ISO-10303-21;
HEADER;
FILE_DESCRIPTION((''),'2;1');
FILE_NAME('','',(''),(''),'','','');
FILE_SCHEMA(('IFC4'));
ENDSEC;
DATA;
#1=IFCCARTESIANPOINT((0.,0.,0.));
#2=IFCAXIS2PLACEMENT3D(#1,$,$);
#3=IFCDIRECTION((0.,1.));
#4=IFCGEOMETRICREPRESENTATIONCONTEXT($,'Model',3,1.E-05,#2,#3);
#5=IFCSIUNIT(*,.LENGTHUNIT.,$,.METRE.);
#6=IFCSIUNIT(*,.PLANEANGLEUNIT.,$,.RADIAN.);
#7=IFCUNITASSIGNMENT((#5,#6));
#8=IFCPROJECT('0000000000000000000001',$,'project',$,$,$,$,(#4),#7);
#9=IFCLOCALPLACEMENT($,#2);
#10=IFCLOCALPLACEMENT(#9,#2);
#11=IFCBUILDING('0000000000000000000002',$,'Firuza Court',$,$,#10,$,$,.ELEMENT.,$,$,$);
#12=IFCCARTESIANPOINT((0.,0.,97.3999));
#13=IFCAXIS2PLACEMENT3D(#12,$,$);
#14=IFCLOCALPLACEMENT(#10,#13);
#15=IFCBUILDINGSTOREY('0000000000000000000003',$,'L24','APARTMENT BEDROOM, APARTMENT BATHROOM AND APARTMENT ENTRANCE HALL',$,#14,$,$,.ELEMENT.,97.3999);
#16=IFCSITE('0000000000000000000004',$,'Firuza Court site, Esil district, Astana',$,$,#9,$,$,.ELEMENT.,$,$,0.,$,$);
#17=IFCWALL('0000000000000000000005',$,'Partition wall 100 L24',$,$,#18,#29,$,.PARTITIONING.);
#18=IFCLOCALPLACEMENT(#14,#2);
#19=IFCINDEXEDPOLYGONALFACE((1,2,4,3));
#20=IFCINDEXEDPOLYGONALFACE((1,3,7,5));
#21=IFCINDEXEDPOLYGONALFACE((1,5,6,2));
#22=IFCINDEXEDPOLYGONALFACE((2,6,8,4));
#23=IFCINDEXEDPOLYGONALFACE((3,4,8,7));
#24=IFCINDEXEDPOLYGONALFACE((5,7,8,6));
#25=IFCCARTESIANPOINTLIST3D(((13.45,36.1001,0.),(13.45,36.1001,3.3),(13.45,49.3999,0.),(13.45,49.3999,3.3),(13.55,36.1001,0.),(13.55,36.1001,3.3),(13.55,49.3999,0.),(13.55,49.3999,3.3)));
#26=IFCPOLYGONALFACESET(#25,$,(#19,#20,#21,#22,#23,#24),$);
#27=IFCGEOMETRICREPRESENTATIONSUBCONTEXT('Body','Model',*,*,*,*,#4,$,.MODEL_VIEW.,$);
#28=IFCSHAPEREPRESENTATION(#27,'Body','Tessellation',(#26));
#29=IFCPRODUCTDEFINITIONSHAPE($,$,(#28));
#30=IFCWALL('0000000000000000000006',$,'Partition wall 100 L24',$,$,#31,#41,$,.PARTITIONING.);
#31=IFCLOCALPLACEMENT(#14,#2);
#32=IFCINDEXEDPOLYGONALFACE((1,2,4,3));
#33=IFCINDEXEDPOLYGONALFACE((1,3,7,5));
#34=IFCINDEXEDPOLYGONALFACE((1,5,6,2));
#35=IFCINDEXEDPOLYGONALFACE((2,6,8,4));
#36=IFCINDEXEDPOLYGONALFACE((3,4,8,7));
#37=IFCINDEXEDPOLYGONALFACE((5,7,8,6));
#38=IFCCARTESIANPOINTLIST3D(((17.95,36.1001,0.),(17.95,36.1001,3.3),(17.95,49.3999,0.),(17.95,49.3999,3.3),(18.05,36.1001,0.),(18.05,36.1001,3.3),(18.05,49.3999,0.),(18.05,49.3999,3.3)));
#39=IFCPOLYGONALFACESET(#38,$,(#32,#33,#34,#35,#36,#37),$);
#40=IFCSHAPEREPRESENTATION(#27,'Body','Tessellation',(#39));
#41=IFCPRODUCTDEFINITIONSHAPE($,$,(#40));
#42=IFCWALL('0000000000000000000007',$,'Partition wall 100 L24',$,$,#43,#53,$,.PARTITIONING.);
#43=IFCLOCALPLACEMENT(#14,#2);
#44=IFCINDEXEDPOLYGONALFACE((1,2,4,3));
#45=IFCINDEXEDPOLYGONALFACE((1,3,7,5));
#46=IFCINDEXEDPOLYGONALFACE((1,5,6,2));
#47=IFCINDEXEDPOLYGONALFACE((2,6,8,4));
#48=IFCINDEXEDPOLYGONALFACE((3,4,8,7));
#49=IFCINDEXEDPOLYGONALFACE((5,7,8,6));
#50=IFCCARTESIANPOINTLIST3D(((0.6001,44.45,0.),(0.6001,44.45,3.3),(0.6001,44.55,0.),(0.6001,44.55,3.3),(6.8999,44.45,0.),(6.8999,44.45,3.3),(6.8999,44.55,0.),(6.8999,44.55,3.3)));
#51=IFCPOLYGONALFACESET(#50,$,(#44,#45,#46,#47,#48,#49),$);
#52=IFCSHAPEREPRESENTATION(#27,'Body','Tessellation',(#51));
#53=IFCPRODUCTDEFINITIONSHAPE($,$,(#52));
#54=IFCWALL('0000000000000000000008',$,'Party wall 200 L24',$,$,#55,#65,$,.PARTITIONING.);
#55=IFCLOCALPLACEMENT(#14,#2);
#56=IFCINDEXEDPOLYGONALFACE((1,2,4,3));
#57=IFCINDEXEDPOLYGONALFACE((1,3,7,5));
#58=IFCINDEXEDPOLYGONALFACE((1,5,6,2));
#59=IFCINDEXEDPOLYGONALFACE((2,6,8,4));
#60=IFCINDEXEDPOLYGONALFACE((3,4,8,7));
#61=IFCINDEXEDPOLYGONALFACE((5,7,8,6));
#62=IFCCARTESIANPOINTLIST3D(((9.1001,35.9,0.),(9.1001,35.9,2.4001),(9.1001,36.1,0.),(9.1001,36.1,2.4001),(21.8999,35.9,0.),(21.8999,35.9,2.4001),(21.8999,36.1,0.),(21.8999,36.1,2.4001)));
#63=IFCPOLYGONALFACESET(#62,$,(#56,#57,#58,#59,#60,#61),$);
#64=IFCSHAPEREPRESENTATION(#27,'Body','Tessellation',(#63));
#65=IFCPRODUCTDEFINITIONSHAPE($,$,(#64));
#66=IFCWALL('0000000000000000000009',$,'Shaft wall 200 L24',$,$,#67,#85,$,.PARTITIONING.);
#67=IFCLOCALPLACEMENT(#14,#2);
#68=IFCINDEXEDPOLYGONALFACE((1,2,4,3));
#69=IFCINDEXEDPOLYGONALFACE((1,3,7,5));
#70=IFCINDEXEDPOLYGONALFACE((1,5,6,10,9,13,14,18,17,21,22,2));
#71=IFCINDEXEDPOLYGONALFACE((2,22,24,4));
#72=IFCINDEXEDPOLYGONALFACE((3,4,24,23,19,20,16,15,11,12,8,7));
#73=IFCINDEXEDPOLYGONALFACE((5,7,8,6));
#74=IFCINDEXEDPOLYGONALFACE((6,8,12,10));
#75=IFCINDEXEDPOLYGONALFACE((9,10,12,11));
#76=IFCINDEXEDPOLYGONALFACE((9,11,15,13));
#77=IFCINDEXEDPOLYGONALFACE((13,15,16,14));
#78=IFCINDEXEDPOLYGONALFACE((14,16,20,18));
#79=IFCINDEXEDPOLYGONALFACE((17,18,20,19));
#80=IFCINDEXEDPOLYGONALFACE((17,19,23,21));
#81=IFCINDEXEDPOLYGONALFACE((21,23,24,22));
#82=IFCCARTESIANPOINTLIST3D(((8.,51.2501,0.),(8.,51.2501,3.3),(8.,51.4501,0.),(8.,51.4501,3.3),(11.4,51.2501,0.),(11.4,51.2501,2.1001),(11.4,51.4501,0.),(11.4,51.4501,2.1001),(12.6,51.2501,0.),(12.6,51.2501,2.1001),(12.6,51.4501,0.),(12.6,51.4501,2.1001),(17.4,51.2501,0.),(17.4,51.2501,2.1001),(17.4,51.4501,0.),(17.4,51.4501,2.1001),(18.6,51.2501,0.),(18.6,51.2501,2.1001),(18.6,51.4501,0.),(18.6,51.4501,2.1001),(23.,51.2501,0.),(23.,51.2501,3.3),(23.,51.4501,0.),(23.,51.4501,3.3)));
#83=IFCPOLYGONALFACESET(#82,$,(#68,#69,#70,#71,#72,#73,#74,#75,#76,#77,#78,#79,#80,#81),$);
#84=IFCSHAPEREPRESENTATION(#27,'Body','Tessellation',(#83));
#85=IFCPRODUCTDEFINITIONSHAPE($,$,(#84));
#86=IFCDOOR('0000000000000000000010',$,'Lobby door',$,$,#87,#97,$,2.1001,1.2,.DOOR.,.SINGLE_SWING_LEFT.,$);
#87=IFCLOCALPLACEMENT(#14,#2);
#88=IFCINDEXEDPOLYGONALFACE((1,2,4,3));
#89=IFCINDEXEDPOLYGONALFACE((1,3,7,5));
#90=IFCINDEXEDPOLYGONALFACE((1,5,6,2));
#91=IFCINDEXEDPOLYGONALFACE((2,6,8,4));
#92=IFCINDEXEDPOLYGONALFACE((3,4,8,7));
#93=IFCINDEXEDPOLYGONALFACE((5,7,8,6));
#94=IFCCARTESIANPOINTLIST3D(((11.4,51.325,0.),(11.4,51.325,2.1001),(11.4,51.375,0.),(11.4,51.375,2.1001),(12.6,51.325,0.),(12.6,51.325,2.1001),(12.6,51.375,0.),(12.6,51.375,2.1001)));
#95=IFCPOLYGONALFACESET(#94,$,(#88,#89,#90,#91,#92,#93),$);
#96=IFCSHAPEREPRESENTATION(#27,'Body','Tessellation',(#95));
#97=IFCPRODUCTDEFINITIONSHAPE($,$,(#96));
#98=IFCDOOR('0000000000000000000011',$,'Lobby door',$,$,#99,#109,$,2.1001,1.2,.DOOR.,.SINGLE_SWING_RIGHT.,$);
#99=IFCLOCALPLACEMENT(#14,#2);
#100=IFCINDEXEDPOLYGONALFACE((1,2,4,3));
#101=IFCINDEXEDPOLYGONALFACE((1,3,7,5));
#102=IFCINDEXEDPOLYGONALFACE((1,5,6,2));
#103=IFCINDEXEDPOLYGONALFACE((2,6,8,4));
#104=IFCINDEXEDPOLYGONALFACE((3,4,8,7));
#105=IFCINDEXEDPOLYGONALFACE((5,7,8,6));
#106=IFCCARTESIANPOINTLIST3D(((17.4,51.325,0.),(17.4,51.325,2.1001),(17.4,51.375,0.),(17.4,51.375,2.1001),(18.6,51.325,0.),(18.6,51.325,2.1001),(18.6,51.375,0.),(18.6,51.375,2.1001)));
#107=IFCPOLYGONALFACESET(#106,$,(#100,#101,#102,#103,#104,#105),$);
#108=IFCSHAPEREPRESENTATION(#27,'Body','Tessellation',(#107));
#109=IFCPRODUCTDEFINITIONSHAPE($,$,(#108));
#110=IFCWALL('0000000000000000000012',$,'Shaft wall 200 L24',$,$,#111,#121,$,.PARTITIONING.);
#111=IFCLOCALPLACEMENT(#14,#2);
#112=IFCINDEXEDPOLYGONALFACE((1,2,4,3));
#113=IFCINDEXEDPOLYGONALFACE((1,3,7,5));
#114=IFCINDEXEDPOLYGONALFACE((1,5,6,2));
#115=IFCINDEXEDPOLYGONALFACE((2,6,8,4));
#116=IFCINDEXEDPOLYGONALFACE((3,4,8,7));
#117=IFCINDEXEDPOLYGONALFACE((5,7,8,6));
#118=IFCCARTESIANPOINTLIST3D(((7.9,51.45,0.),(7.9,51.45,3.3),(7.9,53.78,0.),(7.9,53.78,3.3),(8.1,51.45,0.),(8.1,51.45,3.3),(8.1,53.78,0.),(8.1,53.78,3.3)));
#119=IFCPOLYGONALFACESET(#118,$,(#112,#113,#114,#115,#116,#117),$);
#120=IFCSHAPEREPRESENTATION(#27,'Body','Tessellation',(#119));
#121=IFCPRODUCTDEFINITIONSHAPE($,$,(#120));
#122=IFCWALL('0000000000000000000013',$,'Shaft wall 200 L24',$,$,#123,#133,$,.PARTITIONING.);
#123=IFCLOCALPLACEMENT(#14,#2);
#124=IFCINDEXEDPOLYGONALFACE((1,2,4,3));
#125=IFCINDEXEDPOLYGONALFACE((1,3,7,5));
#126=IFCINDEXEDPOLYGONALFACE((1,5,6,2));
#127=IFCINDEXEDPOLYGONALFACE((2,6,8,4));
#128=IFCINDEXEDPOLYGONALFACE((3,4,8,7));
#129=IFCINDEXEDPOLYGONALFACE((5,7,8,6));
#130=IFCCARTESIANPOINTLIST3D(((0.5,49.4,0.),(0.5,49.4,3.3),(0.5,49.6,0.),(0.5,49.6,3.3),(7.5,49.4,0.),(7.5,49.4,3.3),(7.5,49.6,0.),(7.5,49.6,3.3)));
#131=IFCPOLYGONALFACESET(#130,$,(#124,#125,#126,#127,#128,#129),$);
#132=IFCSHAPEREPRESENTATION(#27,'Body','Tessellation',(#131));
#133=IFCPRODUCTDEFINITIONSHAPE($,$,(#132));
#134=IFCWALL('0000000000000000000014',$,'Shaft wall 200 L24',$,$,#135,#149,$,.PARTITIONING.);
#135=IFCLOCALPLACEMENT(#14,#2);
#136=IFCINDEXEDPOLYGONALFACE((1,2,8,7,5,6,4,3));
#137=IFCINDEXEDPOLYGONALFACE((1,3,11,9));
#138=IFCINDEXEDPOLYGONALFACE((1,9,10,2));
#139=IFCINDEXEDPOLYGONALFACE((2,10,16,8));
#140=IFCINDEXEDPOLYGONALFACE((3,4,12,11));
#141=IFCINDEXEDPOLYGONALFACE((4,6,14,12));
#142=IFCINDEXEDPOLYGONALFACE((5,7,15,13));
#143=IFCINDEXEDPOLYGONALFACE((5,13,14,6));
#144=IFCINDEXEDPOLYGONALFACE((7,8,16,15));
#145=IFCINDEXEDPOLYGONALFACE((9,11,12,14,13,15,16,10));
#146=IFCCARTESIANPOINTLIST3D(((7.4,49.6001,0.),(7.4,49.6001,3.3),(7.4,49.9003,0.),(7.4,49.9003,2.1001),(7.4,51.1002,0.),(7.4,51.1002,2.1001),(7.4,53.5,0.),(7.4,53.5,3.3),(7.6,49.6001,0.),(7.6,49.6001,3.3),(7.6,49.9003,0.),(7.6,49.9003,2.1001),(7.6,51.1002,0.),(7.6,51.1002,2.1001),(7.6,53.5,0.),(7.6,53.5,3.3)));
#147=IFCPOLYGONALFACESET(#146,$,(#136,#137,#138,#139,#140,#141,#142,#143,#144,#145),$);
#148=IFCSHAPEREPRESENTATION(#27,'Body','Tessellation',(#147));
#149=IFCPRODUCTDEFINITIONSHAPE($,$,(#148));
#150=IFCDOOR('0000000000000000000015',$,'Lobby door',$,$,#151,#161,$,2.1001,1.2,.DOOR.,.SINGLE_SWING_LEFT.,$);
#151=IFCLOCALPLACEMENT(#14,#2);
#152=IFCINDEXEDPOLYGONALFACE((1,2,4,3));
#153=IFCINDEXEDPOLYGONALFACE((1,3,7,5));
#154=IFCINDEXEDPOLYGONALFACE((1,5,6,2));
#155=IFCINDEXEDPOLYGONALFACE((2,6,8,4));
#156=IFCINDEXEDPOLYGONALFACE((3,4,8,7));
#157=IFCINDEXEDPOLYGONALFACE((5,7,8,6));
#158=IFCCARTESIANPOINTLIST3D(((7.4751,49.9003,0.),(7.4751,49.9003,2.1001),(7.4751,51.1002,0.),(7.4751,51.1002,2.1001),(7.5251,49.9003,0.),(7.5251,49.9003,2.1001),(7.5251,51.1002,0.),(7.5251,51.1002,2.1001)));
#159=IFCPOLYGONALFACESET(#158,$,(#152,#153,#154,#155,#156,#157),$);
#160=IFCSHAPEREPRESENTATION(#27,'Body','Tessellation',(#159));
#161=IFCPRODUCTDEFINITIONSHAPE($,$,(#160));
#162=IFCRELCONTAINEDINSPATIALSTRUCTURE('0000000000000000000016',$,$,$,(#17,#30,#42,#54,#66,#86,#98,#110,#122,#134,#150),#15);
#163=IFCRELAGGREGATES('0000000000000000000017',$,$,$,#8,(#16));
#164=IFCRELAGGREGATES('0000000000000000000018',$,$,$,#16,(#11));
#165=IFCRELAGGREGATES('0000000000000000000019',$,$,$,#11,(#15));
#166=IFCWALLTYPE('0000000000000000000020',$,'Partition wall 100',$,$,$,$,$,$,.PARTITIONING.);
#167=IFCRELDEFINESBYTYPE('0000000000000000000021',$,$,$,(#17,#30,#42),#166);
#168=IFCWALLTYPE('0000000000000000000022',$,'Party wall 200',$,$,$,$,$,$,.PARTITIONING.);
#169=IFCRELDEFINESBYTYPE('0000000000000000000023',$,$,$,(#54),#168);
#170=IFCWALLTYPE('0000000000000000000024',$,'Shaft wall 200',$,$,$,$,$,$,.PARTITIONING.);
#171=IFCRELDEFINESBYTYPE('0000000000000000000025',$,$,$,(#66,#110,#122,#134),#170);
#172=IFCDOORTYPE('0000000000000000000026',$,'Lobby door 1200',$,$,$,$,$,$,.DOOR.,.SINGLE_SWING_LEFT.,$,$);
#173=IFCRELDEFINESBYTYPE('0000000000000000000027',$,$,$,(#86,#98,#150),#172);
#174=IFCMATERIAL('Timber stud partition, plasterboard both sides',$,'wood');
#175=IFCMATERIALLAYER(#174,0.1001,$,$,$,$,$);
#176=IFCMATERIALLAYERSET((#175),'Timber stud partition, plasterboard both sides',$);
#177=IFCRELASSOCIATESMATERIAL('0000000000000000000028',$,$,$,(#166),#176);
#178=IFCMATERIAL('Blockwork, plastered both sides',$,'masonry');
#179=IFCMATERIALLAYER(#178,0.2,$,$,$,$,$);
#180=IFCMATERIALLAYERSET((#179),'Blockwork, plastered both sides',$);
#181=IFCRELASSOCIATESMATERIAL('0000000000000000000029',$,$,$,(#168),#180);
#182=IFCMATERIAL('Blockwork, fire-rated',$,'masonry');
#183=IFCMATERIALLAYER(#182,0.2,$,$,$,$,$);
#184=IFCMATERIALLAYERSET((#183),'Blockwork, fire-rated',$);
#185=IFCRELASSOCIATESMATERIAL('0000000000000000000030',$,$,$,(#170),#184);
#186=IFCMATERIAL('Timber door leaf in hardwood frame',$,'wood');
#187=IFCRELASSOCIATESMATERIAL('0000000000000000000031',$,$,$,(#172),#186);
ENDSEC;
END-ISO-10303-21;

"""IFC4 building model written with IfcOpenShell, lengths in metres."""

from ifc_helpers import new_model, si_unit, direction, frame, frame_2d, origin, place, context, subcontext, project, spatial, rectangle, extrude, material, layer, layer_set, type_object, element, fill, save


model = new_model("IFC4")

# Units and contexts
model_context = context("Model", 3, precision=1e-05, world=origin(), true_north=direction((0.0, 1.0)))
body_context = subcontext(model_context, "Body", "Model", "MODEL_VIEW")
ifc_project = project(units=[si_unit("LENGTHUNIT", "METRE"), si_unit("PLANEANGLEUNIT", "RADIAN")], contexts=[model_context])

# Site, building, storey
site_placement = place(None, origin())
site = spatial("IfcSite", under=ifc_project, at=site_placement, Name="Firuza Court site, Esil district, Astana", CompositionType="ELEMENT", RefElevation=0.0)
building_placement = place(site_placement, origin())
building = spatial("IfcBuilding", under=site, at=building_placement, Name="Firuza Court", CompositionType="ELEMENT")
storey_placement = place(building_placement, frame((0.0, 0.0, 97.3999)))
storey = spatial("IfcBuildingStorey", under=building, at=storey_placement, Name="L24", Description="APARTMENT BEDROOM, APARTMENT BATHROOM AND APARTMENT ENTRANCE HALL", CompositionType="ELEMENT", Elevation=97.3999)

# Shared definitions
ifc_material_1 = material(Name="Blockwork, plastered both sides", Category="masonry")

# Walls
ifc_material_2 = material(Name="Timber stud partition, plasterboard both sides", Category="wood")
ifc_layer_1 = layer(ifc_material_2, 0.1001)
ifc_layer_set_1 = layer_set([ifc_layer_1], Name="Timber stud partition, plasterboard both sides")
wall_type_1 = type_object("IfcWallType", Name="Partition wall 100", PredefinedType="PARTITIONING", material=ifc_layer_set_1)
for number, where, z_axis, x_axis, name in (
    (1, (13.5, 36.1001, 0.0), (0.0, 0.0, 1.0), (0.0, 1.0, 0.0), "Partition wall 100 L24"),
    (2, (18.0, 36.1001, 0.0), (0.0, 0.0, 1.0), (0.0, 1.0, 0.0), "Partition wall 100 L24"),
):
    element("IfcWall", number, at=place(storey_placement, frame(where, z_axis=z_axis, x_axis=x_axis)), inside=storey, type_object=wall_type_1, Name=name, PredefinedType="PARTITIONING", context=body_context, shape_type="SweptSolid", body=[
        extrude(rectangle(XDim=13.2998, YDim=0.1001, at=frame_2d((6.6499, 0.0))), origin(), (0.0, 0.0, 1.0), 3.3),
    ])
wall_1_placement = place(storey_placement, frame((0.6001, 44.5, 0.0), z_axis=(0.0, 0.0, 1.0), x_axis=(1.0, 0.0, 0.0)))
element("IfcWall", 3, at=wall_1_placement, inside=storey, type_object=wall_type_1, Name="Partition wall 100 L24", PredefinedType="PARTITIONING", context=body_context, shape_type="SweptSolid", body=[
    extrude(rectangle(XDim=6.2998, YDim=0.1001, at=frame_2d((3.1499, 0.0))), origin(), (0.0, 0.0, 1.0), 3.3),
])
ifc_layer_2 = layer(ifc_material_1, 0.2)
ifc_layer_set_2 = layer_set([ifc_layer_2], Name="Blockwork, plastered both sides")
wall_type_2 = type_object("IfcWallType", Name="Party wall 200", PredefinedType="PARTITIONING", material=ifc_layer_set_2)
wall_2_placement = place(storey_placement, frame((9.1001, 36.0, 0.0), z_axis=(0.0, 0.0, 1.0), x_axis=(1.0, 0.0, 0.0)))
element("IfcWall", 4, at=wall_2_placement, inside=storey, type_object=wall_type_2, Name="Party wall 200 L24", PredefinedType="PARTITIONING", context=body_context, shape_type="SweptSolid", body=[
    extrude(rectangle(XDim=12.7998, YDim=0.2, at=frame_2d((6.3999, 0.0))), origin(), (0.0, 0.0, 1.0), 2.4001),
])

# Wall, openings, doors
ifc_material_3 = material(Name="Blockwork, fire-rated", Category="masonry")
ifc_layer_3 = layer(ifc_material_3, 0.2)
ifc_layer_set_3 = layer_set([ifc_layer_3], Name="Blockwork, fire-rated")
wall_type_3 = type_object("IfcWallType", Name="Shaft wall 200", PredefinedType="PARTITIONING", material=ifc_layer_set_3)
wall_3_placement = place(storey_placement, frame((8.0, 51.3501, 0.0), z_axis=(0.0, 0.0, 1.0), x_axis=(1.0, 0.0, 0.0)))
wall_3 = element("IfcWall", 5, at=wall_3_placement, inside=storey, type_object=wall_type_3, Name="Shaft wall 200 L24", PredefinedType="PARTITIONING", context=body_context, shape_type="SweptSolid", body=[
    extrude(rectangle(XDim=15.0, YDim=0.2, at=frame_2d((7.5, 0.0))), origin(), (0.0, 0.0, 1.0), 3.3),
])
opening_1_placement = place(wall_3_placement, frame((3.3999, 0.0, 0.0)))
opening_1 = element("IfcOpeningElement", 6, at=opening_1_placement, cuts=wall_3, PredefinedType="OPENING", context=body_context, shape_type="SweptSolid", body=[
    extrude(rectangle(XDim=1.2, YDim=2.1001, at=frame_2d((0.6001, 1.05))), frame((0.0, 0.1118, 0.0), z_axis=(0.0, -1.0, 0.0), x_axis=(1.0, 0.0, 0.0)), (0.0, 0.0, 1.0), 0.2239),
])
opening_2_placement = place(wall_3_placement, frame((9.3999, 0.0, 0.0)))
opening_2 = element("IfcOpeningElement", 7, at=opening_2_placement, cuts=wall_3, PredefinedType="OPENING", context=body_context, shape_type="SweptSolid", body=[
    extrude(rectangle(XDim=1.2, YDim=2.1001, at=frame_2d((0.6001, 1.05))), frame((0.0, 0.1118, 0.0), z_axis=(0.0, -1.0, 0.0), x_axis=(1.0, 0.0, 0.0)), (0.0, 0.0, 1.0), 0.2239),
])
ifc_material_4 = material(Name="Timber door leaf in hardwood frame", Category="wood")
door_type_1 = type_object("IfcDoorType", Name="Lobby door 1200", OperationType="SINGLE_SWING_LEFT", PredefinedType="DOOR", material=ifc_material_4)
door_1_placement = place(opening_1_placement, origin())
door_1 = element("IfcDoor", 8, at=door_1_placement, inside=storey, type_object=door_type_1, Name="Lobby door", OperationType="SINGLE_SWING_LEFT", OverallHeight=2.1001, OverallWidth=1.2, PredefinedType="DOOR", context=body_context, shape_type="SweptSolid", body=[
    extrude(rectangle(XDim=1.2, YDim=2.1001, at=frame_2d((0.6001, 1.05))), frame((0.0, 0.0249, 0.0), z_axis=(0.0, -1.0, 0.0), x_axis=(1.0, 0.0, 0.0)), (0.0, 0.0, 1.0), 0.05),
])
fill(opening_1, door_1)
door_2_placement = place(opening_2_placement, origin())
door_2 = element("IfcDoor", 9, at=door_2_placement, inside=storey, type_object=door_type_1, Name="Lobby door", OperationType="SINGLE_SWING_RIGHT", OverallHeight=2.1001, OverallWidth=1.2, PredefinedType="DOOR", context=body_context, shape_type="SweptSolid", body=[
    extrude(rectangle(XDim=1.2, YDim=2.1001, at=frame_2d((0.6001, 1.05))), frame((0.0, 0.0249, 0.0), z_axis=(0.0, -1.0, 0.0), x_axis=(1.0, 0.0, 0.0)), (0.0, 0.0, 1.0), 0.05),
])
fill(opening_2, door_2)

# Walls
wall_4_placement = place(storey_placement, frame((8.0, 51.45, 0.0), z_axis=(0.0, 0.0, 1.0), x_axis=(0.0, 1.0, 0.0)))
element("IfcWall", 10, at=wall_4_placement, inside=storey, type_object=wall_type_3, Name="Shaft wall 200 L24", PredefinedType="PARTITIONING", context=body_context, shape_type="SweptSolid", body=[
    extrude(rectangle(XDim=2.3301, YDim=0.2, at=frame_2d((1.165, 0.0))), origin(), (0.0, 0.0, 1.0), 3.3),
])
wall_5_placement = place(storey_placement, frame((0.5, 49.5, 0.0), z_axis=(0.0, 0.0, 1.0), x_axis=(1.0, 0.0, 0.0)))
element("IfcWall", 11, at=wall_5_placement, inside=storey, type_object=wall_type_3, Name="Shaft wall 200 L24", PredefinedType="PARTITIONING", context=body_context, shape_type="SweptSolid", body=[
    extrude(rectangle(XDim=7.0, YDim=0.2, at=frame_2d((3.5, 0.0))), origin(), (0.0, 0.0, 1.0), 3.3),
])

# Wall, opening, door
wall_6_placement = place(storey_placement, frame((7.5, 49.6001, 0.0), z_axis=(0.0, 0.0, 1.0), x_axis=(0.0, 1.0, 0.0)))
wall_6 = element("IfcWall", 12, at=wall_6_placement, inside=storey, type_object=wall_type_3, Name="Shaft wall 200 L24", PredefinedType="PARTITIONING", context=body_context, shape_type="SweptSolid", body=[
    extrude(rectangle(XDim=3.8999, YDim=0.2, at=frame_2d((1.95, 0.0))), origin(), (0.0, 0.0, 1.0), 3.3),
])
opening_3_placement = place(wall_6_placement, frame((0.3, 0.0, 0.0)))
opening_3 = element("IfcOpeningElement", 13, at=opening_3_placement, cuts=wall_6, PredefinedType="OPENING", context=body_context, shape_type="SweptSolid", body=[
    extrude(rectangle(XDim=1.2, YDim=2.1001, at=frame_2d((0.6001, 1.05))), frame((0.0, 0.1118, 0.0), z_axis=(0.0, -1.0, 0.0), x_axis=(1.0, 0.0, 0.0)), (0.0, 0.0, 1.0), 0.2239),
])
door_3_placement = place(opening_3_placement, origin())
door_3 = element("IfcDoor", 14, at=door_3_placement, inside=storey, type_object=door_type_1, Name="Lobby door", OperationType="SINGLE_SWING_LEFT", OverallHeight=2.1001, OverallWidth=1.2, PredefinedType="DOOR", context=body_context, shape_type="SweptSolid", body=[
    extrude(rectangle(XDim=1.2, YDim=2.1001, at=frame_2d((0.6001, 1.05))), frame((0.0, 0.0249, 0.0), z_axis=(0.0, -1.0, 0.0), x_axis=(1.0, 0.0, 0.0)), (0.0, 0.0, 1.0), 0.05),
])
fill(opening_3, door_3)

save(model, "model.ifc")
